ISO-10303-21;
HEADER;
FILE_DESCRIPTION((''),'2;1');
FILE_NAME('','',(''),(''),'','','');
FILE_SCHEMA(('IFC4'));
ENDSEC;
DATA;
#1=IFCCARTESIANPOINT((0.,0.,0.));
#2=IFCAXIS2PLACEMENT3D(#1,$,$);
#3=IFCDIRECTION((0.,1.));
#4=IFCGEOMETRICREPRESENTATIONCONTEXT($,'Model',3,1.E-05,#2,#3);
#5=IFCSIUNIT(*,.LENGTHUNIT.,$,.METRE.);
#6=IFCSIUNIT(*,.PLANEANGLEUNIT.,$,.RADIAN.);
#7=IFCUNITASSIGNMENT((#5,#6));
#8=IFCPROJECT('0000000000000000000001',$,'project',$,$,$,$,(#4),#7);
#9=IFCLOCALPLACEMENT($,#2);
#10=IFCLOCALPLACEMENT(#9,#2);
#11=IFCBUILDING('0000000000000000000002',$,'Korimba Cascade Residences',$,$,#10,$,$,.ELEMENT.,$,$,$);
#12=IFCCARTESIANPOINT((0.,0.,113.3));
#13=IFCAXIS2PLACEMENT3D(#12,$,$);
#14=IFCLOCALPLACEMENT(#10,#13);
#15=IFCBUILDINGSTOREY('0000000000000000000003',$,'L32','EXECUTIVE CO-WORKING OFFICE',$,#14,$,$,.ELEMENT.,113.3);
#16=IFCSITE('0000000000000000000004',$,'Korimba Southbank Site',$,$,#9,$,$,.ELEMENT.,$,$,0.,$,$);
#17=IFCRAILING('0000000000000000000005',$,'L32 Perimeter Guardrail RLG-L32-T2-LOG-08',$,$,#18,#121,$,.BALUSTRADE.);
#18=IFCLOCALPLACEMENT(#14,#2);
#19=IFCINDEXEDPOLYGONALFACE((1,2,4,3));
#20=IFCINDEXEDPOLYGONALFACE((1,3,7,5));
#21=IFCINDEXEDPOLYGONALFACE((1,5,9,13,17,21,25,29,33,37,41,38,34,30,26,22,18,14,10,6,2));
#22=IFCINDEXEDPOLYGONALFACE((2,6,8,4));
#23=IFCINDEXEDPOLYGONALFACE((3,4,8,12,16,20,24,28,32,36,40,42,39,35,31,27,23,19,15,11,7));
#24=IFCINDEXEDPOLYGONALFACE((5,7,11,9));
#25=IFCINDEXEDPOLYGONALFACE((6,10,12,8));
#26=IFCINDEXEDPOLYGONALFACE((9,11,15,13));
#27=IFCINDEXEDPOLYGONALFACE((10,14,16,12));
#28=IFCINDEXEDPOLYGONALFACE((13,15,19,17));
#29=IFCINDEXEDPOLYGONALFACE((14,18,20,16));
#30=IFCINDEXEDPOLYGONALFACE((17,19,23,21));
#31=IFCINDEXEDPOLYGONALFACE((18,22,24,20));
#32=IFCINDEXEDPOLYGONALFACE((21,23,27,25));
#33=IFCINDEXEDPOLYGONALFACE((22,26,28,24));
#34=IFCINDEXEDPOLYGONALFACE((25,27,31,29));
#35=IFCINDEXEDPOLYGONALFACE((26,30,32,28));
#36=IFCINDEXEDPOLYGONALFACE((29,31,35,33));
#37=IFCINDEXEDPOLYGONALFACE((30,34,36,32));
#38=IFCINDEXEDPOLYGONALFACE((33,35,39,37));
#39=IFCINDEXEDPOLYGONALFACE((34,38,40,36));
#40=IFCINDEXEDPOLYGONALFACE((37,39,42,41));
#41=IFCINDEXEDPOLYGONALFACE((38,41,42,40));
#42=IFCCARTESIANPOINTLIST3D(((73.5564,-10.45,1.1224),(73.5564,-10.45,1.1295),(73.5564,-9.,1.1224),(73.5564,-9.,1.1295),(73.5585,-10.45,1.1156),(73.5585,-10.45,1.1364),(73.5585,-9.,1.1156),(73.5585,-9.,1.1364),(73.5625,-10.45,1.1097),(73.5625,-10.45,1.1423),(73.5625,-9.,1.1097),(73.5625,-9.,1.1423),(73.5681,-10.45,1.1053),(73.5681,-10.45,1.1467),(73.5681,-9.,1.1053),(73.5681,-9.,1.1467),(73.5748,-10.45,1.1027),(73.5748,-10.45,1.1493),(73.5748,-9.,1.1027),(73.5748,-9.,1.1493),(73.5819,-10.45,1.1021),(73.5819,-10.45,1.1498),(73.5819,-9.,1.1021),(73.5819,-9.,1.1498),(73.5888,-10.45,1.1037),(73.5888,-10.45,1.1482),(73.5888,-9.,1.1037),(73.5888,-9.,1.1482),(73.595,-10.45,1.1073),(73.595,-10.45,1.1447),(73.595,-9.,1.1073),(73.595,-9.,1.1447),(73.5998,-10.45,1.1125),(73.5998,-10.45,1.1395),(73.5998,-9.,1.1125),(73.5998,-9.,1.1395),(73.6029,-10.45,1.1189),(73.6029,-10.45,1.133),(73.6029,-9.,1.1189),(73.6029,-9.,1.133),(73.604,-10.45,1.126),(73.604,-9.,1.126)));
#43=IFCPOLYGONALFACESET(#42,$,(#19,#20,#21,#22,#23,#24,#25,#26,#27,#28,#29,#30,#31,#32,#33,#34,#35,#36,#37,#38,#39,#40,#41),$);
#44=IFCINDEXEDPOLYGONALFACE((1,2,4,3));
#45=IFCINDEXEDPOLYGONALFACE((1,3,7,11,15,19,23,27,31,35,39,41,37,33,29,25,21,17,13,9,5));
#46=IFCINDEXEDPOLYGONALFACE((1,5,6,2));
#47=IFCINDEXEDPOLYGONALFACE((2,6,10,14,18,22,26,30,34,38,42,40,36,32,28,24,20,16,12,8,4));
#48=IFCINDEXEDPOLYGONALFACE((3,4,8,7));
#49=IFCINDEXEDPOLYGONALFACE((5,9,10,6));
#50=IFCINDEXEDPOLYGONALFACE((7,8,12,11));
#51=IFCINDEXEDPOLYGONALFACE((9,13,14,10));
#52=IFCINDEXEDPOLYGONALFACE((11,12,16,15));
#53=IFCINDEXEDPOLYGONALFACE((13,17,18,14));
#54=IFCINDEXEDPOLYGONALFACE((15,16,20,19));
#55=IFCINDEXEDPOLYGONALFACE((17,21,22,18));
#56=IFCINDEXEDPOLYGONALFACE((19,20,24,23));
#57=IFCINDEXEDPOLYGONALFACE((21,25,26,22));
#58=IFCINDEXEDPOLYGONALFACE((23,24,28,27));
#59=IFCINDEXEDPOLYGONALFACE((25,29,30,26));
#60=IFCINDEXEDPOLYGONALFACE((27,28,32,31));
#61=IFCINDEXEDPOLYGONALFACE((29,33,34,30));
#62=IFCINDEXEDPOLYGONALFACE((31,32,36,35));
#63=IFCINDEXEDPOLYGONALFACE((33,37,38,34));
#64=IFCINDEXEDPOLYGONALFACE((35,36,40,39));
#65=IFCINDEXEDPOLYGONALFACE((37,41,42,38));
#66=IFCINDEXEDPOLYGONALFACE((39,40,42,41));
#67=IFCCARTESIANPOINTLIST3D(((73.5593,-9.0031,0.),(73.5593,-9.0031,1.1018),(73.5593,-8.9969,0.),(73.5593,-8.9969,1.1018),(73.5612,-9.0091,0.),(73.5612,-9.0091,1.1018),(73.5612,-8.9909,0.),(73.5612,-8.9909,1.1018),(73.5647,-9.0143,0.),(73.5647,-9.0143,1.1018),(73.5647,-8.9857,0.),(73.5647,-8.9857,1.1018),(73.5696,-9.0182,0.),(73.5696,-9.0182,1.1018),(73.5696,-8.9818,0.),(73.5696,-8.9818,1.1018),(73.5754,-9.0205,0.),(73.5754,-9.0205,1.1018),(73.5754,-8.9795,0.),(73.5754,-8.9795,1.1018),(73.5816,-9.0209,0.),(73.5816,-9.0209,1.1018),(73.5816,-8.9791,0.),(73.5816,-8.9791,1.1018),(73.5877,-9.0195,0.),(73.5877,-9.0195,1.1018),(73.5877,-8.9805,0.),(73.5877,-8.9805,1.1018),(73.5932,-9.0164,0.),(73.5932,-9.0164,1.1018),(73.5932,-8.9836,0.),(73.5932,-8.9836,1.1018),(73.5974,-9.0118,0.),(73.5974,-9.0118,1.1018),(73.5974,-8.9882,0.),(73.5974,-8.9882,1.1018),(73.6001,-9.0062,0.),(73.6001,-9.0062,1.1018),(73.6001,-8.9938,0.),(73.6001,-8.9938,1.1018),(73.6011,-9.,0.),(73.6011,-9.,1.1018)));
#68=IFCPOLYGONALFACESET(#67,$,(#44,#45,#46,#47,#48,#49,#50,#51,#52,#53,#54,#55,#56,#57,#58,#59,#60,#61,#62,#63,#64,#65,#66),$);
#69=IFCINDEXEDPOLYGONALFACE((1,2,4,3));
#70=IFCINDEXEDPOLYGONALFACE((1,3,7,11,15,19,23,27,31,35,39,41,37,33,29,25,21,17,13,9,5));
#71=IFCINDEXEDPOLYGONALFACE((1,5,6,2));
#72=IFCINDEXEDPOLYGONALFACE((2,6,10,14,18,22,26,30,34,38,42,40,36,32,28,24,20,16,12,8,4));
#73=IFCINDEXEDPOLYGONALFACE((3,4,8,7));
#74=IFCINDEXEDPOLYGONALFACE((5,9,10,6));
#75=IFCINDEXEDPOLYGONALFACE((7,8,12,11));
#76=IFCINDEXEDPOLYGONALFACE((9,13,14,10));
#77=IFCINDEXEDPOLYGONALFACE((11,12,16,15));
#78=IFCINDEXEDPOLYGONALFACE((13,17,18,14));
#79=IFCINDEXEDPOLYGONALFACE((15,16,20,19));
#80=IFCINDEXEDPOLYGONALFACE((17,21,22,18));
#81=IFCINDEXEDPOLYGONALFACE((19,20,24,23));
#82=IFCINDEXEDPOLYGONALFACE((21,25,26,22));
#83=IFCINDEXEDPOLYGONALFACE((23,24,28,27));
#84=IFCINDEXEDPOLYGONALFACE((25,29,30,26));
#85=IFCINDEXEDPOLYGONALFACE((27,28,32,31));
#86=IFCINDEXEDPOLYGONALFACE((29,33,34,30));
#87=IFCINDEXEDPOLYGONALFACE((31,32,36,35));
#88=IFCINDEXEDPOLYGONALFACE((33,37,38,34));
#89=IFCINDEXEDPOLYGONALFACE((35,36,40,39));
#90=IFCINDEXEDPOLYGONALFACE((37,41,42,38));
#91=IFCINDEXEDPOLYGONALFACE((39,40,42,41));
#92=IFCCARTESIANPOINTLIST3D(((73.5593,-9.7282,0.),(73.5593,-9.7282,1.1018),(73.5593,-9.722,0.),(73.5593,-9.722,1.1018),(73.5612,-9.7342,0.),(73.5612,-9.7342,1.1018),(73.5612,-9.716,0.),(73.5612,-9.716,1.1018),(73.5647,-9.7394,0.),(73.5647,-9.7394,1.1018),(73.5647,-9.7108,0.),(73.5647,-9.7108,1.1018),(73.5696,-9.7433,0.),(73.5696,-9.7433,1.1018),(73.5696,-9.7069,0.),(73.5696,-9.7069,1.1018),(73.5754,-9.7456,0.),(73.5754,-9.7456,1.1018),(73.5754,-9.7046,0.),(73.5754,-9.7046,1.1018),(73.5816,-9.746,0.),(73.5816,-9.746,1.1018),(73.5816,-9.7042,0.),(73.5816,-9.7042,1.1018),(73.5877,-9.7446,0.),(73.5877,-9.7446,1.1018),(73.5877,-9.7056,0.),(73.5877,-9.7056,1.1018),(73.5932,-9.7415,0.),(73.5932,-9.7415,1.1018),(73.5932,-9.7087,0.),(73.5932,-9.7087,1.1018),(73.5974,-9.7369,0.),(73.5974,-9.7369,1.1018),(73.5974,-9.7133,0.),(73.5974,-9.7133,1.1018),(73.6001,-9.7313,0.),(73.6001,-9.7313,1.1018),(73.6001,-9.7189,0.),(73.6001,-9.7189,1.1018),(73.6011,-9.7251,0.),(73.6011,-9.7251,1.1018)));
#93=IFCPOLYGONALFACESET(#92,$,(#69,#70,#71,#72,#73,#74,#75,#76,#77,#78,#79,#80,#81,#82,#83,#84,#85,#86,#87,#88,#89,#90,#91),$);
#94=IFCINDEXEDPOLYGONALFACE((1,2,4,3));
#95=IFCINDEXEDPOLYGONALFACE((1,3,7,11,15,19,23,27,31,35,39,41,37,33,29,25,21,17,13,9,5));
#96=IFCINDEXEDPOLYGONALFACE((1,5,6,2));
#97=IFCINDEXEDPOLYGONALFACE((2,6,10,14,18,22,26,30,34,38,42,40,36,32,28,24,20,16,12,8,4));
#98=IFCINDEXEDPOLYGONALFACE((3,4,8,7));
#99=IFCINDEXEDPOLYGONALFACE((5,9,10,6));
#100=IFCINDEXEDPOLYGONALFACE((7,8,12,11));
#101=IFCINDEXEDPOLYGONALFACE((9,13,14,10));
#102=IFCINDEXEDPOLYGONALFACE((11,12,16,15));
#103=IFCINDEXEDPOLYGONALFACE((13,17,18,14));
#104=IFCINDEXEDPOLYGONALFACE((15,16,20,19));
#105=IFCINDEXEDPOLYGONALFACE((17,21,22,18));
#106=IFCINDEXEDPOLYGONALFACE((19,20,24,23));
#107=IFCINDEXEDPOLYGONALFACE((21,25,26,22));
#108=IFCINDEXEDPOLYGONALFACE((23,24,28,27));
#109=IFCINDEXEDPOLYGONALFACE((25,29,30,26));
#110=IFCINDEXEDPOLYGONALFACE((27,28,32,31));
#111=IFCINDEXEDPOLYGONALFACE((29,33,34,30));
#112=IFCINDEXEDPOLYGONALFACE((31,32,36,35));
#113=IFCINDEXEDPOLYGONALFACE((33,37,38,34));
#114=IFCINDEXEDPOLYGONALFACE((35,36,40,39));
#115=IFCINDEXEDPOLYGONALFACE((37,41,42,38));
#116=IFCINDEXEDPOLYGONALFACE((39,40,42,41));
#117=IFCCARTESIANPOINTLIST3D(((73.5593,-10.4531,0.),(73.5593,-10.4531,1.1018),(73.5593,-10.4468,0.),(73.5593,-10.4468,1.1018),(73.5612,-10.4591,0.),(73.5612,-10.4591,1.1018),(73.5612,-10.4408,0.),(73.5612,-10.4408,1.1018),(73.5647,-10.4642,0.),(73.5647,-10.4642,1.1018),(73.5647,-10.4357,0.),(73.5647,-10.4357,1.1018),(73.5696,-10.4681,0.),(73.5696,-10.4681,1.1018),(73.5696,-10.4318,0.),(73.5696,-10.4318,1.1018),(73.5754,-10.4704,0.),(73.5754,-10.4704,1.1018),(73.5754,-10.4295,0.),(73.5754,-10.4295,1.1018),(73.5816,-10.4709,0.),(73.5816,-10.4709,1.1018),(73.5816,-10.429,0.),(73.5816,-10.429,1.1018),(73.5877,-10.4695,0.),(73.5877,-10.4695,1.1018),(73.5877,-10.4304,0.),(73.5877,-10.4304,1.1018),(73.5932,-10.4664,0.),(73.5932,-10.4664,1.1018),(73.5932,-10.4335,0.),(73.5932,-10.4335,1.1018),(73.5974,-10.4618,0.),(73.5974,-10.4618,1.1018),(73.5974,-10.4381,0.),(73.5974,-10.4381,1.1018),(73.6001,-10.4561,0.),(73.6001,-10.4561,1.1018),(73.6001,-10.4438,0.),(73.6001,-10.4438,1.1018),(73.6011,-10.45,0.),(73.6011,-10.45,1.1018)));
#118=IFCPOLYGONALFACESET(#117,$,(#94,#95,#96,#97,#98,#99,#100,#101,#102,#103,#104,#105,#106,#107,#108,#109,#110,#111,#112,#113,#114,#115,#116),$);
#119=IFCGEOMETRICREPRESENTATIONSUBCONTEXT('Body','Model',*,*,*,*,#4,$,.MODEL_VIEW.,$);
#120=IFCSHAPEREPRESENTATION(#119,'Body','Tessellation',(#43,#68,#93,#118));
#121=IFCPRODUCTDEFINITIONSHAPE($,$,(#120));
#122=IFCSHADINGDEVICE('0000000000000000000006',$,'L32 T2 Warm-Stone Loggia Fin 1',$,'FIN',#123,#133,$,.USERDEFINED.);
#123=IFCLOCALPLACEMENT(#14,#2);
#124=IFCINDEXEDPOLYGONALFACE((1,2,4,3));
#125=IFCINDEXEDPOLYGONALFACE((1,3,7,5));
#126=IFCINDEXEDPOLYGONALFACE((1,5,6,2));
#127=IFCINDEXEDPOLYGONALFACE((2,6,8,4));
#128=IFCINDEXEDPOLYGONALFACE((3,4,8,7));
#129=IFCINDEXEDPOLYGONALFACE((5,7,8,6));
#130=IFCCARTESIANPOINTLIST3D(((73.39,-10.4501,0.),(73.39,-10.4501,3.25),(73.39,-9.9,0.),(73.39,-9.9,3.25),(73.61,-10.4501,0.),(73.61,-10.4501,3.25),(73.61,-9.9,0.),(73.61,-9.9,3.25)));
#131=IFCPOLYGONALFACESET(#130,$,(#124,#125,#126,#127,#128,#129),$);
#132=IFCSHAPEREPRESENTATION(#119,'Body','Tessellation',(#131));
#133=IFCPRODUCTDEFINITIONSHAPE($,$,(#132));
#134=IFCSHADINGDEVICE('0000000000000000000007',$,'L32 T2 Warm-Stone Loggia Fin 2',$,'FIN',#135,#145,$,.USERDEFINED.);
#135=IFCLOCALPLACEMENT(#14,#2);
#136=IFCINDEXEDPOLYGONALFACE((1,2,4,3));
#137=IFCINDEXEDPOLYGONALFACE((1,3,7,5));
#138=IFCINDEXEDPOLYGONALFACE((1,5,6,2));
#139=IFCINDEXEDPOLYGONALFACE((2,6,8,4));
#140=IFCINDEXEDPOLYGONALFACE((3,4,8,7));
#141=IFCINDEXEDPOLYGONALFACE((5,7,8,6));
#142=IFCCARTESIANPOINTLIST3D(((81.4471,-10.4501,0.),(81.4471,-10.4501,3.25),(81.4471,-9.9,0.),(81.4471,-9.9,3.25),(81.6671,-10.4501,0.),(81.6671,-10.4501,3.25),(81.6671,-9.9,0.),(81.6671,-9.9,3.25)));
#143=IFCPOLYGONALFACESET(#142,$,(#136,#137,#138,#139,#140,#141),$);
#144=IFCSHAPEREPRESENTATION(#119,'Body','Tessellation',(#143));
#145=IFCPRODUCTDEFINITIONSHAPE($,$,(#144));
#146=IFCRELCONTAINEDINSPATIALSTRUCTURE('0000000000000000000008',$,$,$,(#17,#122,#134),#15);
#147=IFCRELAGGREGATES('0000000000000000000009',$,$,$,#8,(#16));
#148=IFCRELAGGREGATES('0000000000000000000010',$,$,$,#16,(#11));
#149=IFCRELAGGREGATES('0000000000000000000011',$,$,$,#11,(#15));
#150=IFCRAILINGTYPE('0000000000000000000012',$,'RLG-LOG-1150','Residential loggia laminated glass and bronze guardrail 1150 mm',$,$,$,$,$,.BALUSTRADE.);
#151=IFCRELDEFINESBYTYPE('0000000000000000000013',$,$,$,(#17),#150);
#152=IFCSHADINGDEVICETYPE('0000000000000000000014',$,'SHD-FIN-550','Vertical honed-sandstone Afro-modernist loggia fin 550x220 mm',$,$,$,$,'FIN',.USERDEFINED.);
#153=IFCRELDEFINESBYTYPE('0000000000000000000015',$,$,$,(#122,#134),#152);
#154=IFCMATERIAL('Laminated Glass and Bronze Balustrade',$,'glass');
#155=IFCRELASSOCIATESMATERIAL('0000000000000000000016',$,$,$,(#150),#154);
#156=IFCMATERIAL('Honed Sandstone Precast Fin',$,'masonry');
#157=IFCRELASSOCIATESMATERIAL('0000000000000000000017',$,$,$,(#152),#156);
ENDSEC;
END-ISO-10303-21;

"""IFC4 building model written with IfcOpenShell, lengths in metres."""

from ifc_helpers import new_model, si_unit, direction, frame, origin, origin_2d, place, context, subcontext, project, spatial, rectangle, circle, extrude, material, type_object, element, save


model = new_model("IFC4")

# Units and contexts
model_context = context("Model", 3, precision=1e-05, world=origin(), true_north=direction((0.0, 1.0)))
body_context = subcontext(model_context, "Body", "Model", "MODEL_VIEW")
ifc_project = project(units=[si_unit("LENGTHUNIT", "METRE"), si_unit("PLANEANGLEUNIT", "RADIAN")], contexts=[model_context])

# Site, building, storey
site_placement = place(None, origin())
site = spatial("IfcSite", under=ifc_project, at=site_placement, Name="Korimba Southbank Site", CompositionType="ELEMENT", RefElevation=0.0)
building_placement = place(site_placement, origin())
building = spatial("IfcBuilding", under=site, at=building_placement, Name="Korimba Cascade Residences", CompositionType="ELEMENT")
storey_placement = place(building_placement, frame((0.0, 0.0, 113.3)))
storey = spatial("IfcBuildingStorey", under=building, at=storey_placement, Name="L32", Description="EXECUTIVE CO-WORKING OFFICE", CompositionType="ELEMENT", Elevation=113.3)

# Railing
ifc_material_1 = material(Name="Laminated Glass and Bronze Balustrade", Category="glass")
railing_type = type_object("IfcRailingType", Name="RLG-LOG-1150", Description="Residential loggia laminated glass and bronze guardrail 1150 mm", PredefinedType="BALUSTRADE", material=ifc_material_1)
railing_1_placement = place(storey_placement, frame((73.5801, -9.0, 0.0)))
element("IfcRailing", 1, at=railing_1_placement, inside=storey, type_object=railing_type, Name="L32 Perimeter Guardrail RLG-L32-T2-LOG-08", PredefinedType="BALUSTRADE", context=body_context, shape_type="SweptSolid", body=[
    extrude(circle(Radius=0.0239, at=origin_2d()), frame((0.0, 0.0, 1.126), z_axis=(0.0, -1.0, 0.0), x_axis=(1.0, 0.0, 0.0)), (0.0, 0.0, 1.0), 1.45),
    extrude(circle(Radius=0.021, at=origin_2d()), origin(), (0.0, 0.0, 1.0), 1.1018),
    extrude(circle(Radius=0.021, at=origin_2d()), frame((0.0, -0.7251, 0.0)), (0.0, 0.0, 1.0), 1.1018),
    extrude(circle(Radius=0.021, at=origin_2d()), frame((0.0, -1.45, 0.0)), (0.0, 0.0, 1.0), 1.1018),
])

# Shading devices
ifc_material_2 = material(Name="Honed Sandstone Precast Fin", Category="masonry")
shading_device_type = type_object("IfcShadingDeviceType", Name="SHD-FIN-550", Description="Vertical honed-sandstone Afro-modernist loggia fin 550x220 mm", ElementType="FIN", PredefinedType="USERDEFINED", material=ifc_material_2)
for number, where, z_axis, x_axis, name in (
    (2, (73.5, -10.175, 0.0), (0.0, 0.0, 1.0), (1.0, 0.0, 0.0), "L32 T2 Warm-Stone Loggia Fin 1"),
    (3, (81.5571, -10.175, 0.0), (0.0, 0.0, 1.0), (1.0, 0.0, 0.0), "L32 T2 Warm-Stone Loggia Fin 2"),
):
    element("IfcShadingDevice", number, at=place(storey_placement, frame(where, z_axis=z_axis, x_axis=x_axis)), inside=storey, type_object=shading_device_type, Name=name, ObjectType="FIN", PredefinedType="USERDEFINED", context=body_context, shape_type="SweptSolid", body=[
        extrude(rectangle(XDim=0.22, YDim=0.55, at=origin_2d()), origin(), (0.0, 0.0, 1.0), 3.25),
    ])

save(model, "model.ifc")
